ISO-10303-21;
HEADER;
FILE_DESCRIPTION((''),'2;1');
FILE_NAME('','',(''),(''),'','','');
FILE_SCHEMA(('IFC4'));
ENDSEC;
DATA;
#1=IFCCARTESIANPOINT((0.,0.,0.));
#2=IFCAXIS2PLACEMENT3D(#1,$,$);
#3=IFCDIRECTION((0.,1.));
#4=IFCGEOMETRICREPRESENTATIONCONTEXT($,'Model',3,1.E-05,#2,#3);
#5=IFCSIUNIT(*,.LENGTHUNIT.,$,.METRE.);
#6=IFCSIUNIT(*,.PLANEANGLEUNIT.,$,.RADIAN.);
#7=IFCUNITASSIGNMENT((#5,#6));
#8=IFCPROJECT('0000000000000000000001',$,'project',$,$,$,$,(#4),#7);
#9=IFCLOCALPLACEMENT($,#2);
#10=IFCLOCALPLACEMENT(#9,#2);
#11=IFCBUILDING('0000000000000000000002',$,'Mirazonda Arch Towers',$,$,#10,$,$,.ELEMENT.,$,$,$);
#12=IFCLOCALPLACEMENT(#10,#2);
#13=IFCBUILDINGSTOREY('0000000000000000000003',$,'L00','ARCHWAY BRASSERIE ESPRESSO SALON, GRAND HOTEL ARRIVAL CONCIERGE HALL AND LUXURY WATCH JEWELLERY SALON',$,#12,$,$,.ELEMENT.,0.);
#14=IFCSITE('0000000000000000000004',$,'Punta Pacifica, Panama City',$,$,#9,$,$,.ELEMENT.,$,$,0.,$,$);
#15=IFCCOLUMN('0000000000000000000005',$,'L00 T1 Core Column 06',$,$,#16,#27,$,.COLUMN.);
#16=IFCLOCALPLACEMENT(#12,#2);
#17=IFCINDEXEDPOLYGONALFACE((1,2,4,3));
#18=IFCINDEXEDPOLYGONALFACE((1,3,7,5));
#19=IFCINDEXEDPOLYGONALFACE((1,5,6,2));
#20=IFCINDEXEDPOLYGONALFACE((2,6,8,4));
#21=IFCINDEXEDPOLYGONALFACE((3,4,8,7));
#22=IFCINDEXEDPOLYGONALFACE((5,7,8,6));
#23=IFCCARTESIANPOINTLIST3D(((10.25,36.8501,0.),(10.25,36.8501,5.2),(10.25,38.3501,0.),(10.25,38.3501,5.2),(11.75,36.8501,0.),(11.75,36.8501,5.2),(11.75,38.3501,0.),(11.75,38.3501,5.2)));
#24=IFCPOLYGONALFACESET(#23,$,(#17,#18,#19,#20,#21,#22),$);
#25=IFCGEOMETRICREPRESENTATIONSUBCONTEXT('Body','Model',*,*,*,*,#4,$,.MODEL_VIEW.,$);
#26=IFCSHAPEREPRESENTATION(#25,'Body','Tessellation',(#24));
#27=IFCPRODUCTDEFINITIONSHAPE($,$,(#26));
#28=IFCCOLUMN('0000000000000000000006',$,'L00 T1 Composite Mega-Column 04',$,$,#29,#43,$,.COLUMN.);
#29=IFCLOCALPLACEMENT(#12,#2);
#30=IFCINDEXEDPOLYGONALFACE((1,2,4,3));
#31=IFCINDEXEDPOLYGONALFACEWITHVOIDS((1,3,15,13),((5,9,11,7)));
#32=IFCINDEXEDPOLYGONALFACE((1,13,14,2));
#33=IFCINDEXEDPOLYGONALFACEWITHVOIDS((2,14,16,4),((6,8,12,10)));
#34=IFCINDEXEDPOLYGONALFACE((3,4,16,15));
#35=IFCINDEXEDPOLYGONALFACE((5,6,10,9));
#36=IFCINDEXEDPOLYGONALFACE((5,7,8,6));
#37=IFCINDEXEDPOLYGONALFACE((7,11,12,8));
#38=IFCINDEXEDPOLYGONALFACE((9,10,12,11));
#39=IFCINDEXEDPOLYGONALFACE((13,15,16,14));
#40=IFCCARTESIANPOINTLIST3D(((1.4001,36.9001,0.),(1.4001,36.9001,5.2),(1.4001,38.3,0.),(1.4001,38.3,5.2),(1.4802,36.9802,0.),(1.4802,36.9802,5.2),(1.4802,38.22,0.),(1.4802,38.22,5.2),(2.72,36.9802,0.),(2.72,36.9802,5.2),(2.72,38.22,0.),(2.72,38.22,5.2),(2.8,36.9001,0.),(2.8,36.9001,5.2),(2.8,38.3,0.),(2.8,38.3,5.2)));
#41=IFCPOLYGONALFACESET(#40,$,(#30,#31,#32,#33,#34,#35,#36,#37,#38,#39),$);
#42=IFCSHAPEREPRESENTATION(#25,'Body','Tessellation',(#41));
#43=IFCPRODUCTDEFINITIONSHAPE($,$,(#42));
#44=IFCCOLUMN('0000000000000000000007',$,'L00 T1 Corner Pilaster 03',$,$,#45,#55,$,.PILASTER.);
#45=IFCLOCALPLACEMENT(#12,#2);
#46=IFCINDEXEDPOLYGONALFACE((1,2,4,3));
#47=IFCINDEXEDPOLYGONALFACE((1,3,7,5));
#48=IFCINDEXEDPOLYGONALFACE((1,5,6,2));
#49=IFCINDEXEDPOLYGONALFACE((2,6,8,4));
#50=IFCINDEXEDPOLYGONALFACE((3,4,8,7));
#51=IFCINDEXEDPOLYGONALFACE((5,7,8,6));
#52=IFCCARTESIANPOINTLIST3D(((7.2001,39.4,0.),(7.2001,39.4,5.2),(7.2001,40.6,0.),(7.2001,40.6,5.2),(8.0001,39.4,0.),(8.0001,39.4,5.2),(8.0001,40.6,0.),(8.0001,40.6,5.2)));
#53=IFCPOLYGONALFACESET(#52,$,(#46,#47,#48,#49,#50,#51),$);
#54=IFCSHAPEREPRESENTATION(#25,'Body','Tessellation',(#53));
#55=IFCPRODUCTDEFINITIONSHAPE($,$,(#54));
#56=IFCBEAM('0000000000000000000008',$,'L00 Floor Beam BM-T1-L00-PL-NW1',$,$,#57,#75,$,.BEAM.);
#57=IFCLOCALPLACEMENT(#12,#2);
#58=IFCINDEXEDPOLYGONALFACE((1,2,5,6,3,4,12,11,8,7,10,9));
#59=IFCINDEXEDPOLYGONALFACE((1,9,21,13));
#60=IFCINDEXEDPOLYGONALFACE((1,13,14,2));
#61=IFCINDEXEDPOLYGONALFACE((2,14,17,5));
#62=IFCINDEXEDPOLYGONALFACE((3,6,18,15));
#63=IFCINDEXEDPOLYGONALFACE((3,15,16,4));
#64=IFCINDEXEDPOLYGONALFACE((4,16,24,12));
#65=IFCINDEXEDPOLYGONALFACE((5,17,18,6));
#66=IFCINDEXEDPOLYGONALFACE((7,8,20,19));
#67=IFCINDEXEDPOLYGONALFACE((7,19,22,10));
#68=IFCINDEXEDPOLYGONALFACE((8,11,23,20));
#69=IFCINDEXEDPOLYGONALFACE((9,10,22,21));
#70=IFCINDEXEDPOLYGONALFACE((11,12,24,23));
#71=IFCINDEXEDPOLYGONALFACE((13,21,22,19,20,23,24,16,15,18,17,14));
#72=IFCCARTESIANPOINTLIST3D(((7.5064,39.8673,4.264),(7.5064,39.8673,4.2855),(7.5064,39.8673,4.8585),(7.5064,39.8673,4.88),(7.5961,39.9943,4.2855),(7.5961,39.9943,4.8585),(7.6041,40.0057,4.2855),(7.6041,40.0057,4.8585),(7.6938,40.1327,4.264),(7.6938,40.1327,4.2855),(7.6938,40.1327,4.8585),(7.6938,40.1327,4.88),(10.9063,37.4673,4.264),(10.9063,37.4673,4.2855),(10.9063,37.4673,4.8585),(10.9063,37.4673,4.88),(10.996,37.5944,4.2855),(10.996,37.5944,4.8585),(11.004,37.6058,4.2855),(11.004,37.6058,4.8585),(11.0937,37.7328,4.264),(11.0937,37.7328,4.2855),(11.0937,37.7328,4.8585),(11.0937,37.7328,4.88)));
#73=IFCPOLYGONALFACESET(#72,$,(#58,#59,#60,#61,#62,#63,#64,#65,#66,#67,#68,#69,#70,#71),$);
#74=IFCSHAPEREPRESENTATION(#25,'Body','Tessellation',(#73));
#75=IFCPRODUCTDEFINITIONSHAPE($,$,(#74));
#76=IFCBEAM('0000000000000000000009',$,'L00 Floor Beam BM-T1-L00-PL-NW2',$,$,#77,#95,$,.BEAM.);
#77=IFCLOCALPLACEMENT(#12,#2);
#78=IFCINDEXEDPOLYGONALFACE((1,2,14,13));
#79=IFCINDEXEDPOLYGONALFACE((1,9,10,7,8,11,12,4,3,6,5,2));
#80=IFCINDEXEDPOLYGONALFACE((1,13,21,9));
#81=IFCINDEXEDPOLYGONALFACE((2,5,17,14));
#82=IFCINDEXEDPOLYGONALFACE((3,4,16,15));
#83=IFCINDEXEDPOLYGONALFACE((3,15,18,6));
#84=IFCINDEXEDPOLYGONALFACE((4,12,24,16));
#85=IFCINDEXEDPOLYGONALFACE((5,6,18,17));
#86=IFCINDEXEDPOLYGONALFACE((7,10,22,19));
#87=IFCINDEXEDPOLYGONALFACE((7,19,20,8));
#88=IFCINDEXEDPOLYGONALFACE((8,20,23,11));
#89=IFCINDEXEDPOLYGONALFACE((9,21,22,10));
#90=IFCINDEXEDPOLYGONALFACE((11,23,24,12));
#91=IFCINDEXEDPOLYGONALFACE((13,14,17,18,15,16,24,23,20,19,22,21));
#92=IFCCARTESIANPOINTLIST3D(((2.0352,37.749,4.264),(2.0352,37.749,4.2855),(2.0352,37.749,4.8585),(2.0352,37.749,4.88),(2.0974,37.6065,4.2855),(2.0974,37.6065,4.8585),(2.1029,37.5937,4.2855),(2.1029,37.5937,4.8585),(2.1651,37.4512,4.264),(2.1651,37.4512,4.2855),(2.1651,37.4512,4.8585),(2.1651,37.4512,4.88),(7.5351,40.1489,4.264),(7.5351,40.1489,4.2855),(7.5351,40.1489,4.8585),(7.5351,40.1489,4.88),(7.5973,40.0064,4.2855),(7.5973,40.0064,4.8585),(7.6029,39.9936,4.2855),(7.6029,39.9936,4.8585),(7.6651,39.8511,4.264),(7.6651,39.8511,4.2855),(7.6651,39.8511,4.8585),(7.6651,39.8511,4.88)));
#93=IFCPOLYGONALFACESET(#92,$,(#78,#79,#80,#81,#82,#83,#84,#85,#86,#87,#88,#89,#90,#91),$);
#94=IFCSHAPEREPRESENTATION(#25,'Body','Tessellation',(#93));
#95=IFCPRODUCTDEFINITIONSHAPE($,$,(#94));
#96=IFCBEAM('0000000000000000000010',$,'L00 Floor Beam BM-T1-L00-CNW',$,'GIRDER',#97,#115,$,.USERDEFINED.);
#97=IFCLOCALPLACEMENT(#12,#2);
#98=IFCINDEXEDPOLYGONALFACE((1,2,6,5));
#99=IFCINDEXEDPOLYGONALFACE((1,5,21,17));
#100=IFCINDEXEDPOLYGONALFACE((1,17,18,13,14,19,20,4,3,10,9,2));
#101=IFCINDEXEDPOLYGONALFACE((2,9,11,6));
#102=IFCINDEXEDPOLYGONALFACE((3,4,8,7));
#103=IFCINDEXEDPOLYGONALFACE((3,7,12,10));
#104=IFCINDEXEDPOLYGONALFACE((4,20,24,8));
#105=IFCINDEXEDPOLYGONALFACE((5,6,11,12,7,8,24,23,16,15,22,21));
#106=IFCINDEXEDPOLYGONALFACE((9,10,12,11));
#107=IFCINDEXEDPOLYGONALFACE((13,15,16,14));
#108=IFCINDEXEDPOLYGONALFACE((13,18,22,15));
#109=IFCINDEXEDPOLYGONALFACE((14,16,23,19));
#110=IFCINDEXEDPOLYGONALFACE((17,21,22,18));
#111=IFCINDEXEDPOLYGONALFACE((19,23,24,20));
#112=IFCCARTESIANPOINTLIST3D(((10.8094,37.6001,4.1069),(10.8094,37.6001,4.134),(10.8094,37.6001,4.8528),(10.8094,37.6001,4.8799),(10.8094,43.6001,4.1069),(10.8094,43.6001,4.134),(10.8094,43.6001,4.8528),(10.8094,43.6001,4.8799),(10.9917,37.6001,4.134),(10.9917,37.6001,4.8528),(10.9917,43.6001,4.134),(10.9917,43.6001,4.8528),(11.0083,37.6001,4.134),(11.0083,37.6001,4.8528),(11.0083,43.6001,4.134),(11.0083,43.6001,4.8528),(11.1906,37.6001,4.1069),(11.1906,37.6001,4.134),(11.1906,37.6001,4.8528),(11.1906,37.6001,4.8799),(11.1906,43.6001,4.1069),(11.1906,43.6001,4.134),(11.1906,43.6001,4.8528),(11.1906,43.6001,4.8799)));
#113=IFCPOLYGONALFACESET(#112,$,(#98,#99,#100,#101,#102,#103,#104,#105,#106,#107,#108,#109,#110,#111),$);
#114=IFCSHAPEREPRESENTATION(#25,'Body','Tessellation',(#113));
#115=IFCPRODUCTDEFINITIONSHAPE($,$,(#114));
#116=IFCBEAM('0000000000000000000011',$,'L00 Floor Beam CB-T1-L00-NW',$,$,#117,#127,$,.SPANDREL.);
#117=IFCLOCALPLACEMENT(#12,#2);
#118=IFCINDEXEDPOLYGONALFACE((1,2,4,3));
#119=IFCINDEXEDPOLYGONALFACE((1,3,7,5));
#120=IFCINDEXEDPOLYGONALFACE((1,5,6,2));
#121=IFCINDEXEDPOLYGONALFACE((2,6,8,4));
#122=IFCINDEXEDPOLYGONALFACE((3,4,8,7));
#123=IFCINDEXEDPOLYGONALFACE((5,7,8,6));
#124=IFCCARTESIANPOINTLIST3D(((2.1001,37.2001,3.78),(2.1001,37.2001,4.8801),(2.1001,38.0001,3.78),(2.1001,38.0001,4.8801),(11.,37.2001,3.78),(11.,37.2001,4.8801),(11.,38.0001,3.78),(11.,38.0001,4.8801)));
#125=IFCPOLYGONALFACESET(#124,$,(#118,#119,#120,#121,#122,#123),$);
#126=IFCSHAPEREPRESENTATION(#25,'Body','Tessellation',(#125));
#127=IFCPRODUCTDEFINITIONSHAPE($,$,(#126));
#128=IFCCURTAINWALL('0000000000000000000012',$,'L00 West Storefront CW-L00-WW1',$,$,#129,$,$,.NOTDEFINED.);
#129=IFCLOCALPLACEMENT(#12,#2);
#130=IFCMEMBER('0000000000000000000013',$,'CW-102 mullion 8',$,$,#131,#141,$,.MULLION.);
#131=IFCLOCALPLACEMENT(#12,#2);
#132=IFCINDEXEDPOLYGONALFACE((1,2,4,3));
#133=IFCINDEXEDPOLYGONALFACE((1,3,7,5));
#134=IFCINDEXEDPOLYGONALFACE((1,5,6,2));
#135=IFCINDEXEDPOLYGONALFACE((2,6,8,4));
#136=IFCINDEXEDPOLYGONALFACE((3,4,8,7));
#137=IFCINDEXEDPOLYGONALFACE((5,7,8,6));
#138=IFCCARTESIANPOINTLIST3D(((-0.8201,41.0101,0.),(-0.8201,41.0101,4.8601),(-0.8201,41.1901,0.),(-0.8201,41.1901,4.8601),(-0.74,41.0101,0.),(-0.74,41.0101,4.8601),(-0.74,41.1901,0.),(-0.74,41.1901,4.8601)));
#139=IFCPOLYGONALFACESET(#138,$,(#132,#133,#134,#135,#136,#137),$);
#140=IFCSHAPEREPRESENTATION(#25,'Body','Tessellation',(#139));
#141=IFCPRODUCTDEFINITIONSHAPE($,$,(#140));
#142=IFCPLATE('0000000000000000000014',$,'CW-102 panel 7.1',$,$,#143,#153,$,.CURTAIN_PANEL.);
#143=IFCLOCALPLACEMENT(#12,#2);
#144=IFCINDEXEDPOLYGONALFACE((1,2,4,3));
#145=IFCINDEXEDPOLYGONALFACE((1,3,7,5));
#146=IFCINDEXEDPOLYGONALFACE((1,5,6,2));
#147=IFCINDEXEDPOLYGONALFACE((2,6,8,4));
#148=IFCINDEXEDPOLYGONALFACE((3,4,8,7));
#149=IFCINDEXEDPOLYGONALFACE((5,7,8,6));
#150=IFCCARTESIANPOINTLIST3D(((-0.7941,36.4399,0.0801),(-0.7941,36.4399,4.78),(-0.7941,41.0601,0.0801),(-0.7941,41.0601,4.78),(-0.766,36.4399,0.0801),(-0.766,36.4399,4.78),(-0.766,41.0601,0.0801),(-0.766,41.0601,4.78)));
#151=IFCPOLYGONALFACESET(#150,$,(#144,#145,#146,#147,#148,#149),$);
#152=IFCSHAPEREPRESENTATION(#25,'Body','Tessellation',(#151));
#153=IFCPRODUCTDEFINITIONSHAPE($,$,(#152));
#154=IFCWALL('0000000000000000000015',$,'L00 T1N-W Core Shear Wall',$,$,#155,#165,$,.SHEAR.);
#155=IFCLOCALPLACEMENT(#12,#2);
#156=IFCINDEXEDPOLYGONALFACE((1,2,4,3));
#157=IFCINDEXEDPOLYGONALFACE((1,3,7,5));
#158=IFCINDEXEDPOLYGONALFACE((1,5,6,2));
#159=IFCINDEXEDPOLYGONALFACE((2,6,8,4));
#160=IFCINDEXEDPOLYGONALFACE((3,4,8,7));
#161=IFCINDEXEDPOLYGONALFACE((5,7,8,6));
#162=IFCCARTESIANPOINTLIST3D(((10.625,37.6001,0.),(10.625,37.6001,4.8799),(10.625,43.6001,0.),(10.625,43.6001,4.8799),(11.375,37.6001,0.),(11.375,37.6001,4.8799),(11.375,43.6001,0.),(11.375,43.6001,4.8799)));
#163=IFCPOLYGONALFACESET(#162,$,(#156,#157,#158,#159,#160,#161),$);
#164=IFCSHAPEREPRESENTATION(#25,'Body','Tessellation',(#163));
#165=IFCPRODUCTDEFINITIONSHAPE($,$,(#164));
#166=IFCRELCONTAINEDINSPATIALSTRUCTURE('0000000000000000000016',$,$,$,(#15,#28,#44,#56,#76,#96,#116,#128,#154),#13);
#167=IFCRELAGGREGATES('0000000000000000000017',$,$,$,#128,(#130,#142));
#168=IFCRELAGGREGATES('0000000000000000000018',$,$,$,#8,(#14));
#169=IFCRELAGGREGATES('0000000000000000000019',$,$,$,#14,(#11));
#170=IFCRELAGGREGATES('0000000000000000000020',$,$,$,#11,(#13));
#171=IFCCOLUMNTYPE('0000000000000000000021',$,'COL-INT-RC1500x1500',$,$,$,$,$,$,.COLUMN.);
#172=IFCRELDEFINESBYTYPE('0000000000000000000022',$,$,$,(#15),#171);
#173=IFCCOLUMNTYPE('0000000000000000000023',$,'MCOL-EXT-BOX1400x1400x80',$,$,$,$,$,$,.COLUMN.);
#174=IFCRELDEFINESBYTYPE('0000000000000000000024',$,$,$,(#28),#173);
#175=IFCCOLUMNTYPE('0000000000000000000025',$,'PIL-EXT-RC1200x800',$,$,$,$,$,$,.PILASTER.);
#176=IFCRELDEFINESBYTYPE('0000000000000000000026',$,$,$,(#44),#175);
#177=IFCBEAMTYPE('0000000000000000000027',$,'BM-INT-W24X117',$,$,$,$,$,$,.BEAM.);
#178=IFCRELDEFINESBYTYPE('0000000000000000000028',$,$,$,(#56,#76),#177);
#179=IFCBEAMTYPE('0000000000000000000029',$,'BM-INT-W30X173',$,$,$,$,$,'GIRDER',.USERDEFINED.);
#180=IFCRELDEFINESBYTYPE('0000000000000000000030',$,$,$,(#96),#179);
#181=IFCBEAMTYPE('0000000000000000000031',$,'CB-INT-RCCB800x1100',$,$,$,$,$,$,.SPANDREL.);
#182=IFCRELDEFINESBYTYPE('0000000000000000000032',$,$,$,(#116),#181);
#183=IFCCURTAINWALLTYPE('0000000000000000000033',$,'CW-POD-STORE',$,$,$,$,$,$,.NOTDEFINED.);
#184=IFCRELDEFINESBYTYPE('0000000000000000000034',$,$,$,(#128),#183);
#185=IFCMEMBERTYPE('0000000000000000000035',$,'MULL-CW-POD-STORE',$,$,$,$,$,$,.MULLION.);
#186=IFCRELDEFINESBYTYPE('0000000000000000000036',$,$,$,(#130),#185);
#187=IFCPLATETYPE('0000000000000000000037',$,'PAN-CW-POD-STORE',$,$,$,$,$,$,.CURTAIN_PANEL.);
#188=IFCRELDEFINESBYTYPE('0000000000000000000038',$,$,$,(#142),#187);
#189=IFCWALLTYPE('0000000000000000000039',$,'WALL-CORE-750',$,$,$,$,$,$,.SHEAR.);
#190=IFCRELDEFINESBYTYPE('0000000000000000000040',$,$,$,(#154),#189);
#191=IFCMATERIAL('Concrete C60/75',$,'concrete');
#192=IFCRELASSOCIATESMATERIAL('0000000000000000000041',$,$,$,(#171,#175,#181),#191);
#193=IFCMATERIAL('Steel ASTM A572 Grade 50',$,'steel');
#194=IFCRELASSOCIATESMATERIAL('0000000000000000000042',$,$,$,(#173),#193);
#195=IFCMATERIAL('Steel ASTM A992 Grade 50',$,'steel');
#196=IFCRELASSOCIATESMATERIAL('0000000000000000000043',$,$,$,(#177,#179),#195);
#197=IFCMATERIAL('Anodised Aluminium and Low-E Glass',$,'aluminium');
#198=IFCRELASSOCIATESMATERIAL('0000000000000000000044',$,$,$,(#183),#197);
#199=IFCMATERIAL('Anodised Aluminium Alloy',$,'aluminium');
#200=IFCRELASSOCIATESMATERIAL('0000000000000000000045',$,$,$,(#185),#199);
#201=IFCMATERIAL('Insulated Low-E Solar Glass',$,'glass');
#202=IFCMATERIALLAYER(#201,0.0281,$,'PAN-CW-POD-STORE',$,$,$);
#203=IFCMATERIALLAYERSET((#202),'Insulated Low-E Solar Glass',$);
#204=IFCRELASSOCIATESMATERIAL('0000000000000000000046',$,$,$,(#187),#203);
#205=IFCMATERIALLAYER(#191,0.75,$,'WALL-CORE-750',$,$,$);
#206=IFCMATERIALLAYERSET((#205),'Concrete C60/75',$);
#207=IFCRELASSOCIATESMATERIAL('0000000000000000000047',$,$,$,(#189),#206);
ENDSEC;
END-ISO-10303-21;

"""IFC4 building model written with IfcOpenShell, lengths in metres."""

from ifc_helpers import new_model, si_unit, direction, frame, frame_2d, origin, origin_2d, place, context, subcontext, project, spatial, rectangle, hollow_rectangle, i_section, extrude, material, layer, layer_set, material_profile, profile_set, type_object, element, aggregate, save


model = new_model("IFC4")

# Units and contexts
model_context = context("Model", 3, precision=1e-05, world=origin(), true_north=direction((0.0, 1.0)))
body_context = subcontext(model_context, "Body", "Model", "MODEL_VIEW")
ifc_project = project(units=[si_unit("LENGTHUNIT", "METRE"), si_unit("PLANEANGLEUNIT", "RADIAN")], contexts=[model_context])

# Site, building, storey
site_placement = place(None, origin())
site = spatial("IfcSite", under=ifc_project, at=site_placement, Name="Punta Pacifica, Panama City", CompositionType="ELEMENT", RefElevation=0.0)
building_placement = place(site_placement, origin())
building = spatial("IfcBuilding", under=site, at=building_placement, Name="Mirazonda Arch Towers", CompositionType="ELEMENT")
storey_placement = place(building_placement, origin())
storey = spatial("IfcBuildingStorey", under=building, at=storey_placement, Name="L00", Description="ARCHWAY BRASSERIE ESPRESSO SALON, GRAND HOTEL ARRIVAL CONCIERGE HALL AND LUXURY WATCH JEWELLERY SALON", CompositionType="ELEMENT", Elevation=0.0)

# Columns
ifc_material_1 = material(Name="Concrete C60/75", Category="concrete")
ifc_material_profile_1 = material_profile(ifc_material_1, rectangle(XDim=1.5, YDim=1.5, at=origin_2d()), Name="RC1500x1500")
ifc_profile_set_1 = profile_set([ifc_material_profile_1], Name="Concrete C60/75")
column_type_1 = type_object("IfcColumnType", Name="COL-INT-RC1500x1500", PredefinedType="COLUMN", material=ifc_profile_set_1)
column_1_placement = place(storey_placement, frame((11.0, 37.6001, 0.0), z_axis=(0.0, 0.0, 1.0), x_axis=(1.0, 0.0, 0.0)))
element("IfcColumn", 1, at=column_1_placement, inside=storey, type_object=column_type_1, Name="L00 T1 Core Column 06", PredefinedType="COLUMN", context=body_context, shape_type="SweptSolid", body=[
    extrude(rectangle(XDim=1.5, YDim=1.5, at=origin_2d()), origin(), (0.0, 0.0, 1.0), 5.2),
])
ifc_material_2 = material(Name="Steel ASTM A572 Grade 50", Category="steel")
ifc_material_profile_2 = material_profile(ifc_material_2, hollow_rectangle(XDim=1.3999, YDim=1.3999, WallThickness=0.0801, at=origin_2d()), Name="BOX1400x1400x80")
ifc_profile_set_2 = profile_set([ifc_material_profile_2], Name="Steel ASTM A572 Grade 50")
column_type_2 = type_object("IfcColumnType", Name="MCOL-EXT-BOX1400x1400x80", PredefinedType="COLUMN", material=ifc_profile_set_2)
column_2_placement = place(storey_placement, frame((2.1001, 37.6001, 0.0), z_axis=(0.0, 0.0, 1.0), x_axis=(1.0, 0.0, 0.0)))
element("IfcColumn", 2, at=column_2_placement, inside=storey, type_object=column_type_2, Name="L00 T1 Composite Mega-Column 04", PredefinedType="COLUMN", context=body_context, shape_type="SweptSolid", body=[
    extrude(hollow_rectangle(XDim=1.3999, YDim=1.3999, WallThickness=0.0801, at=origin_2d()), origin(), (0.0, 0.0, 1.0), 5.2),
])
ifc_material_profile_3 = material_profile(ifc_material_1, rectangle(XDim=0.8, YDim=1.2, at=origin_2d()), Name="RC1200x800")
ifc_profile_set_3 = profile_set([ifc_material_profile_3], Name="Concrete C60/75")
column_type_3 = type_object("IfcColumnType", Name="PIL-EXT-RC1200x800", PredefinedType="PILASTER", material=ifc_profile_set_3)
column_3_placement = place(storey_placement, frame((7.6001, 40.0, 0.0), z_axis=(0.0, 0.0, 1.0), x_axis=(1.0, 0.0, 0.0)))
element("IfcColumn", 3, at=column_3_placement, inside=storey, type_object=column_type_3, Name="L00 T1 Corner Pilaster 03", PredefinedType="PILASTER", context=body_context, shape_type="SweptSolid", body=[
    extrude(rectangle(XDim=0.8, YDim=1.2, at=origin_2d()), origin(), (0.0, 0.0, 1.0), 5.2),
])

# Beams
ifc_material_3 = material(Name="Steel ASTM A992 Grade 50", Category="steel")
ifc_material_profile_4 = material_profile(ifc_material_3, i_section(OverallWidth=0.325, OverallDepth=0.616, WebThickness=0.0139, FlangeThickness=0.0215, at=origin_2d()), Name="W24X117")
ifc_profile_set_4 = profile_set([ifc_material_profile_4], Name="Steel ASTM A992 Grade 50")
beam_type_1 = type_object("IfcBeamType", Name="BM-INT-W24X117", PredefinedType="BEAM", material=ifc_profile_set_4)
beam_1_placement = place(storey_placement, frame((7.6001, 40.0, 4.572), z_axis=(0.816971, -0.576679, 0.0), x_axis=(0.576679, 0.816971, 0.0)))
element("IfcBeam", 4, at=beam_1_placement, inside=storey, type_object=beam_type_1, Name="L00 Floor Beam BM-T1-L00-PL-NW1", PredefinedType="BEAM", context=body_context, shape_type="SweptSolid", body=[
    extrude(i_section(OverallWidth=0.325, OverallDepth=0.616, WebThickness=0.0139, FlangeThickness=0.0215, at=origin_2d()), origin(), (0.0, 0.0, 1.0), 4.1616),
])
beam_2_placement = place(storey_placement, frame((7.6001, 40.0, 4.572), z_axis=(-0.916545, -0.399931, 0.0), x_axis=(0.399931, -0.916545, 0.0)))
element("IfcBeam", 5, at=beam_2_placement, inside=storey, type_object=beam_type_1, Name="L00 Floor Beam BM-T1-L00-PL-NW2", PredefinedType="BEAM", context=body_context, shape_type="SweptSolid", body=[
    extrude(i_section(OverallWidth=0.325, OverallDepth=0.616, WebThickness=0.0139, FlangeThickness=0.0215, at=origin_2d()), origin(), (0.0, 0.0, 1.0), 6.0007),
])
ifc_material_profile_5 = material_profile(ifc_material_3, i_section(OverallWidth=0.3811, OverallDepth=0.7729, WebThickness=0.0166, FlangeThickness=0.0271, at=origin_2d()), Name="W30X173")
ifc_profile_set_5 = profile_set([ifc_material_profile_5], Name="Steel ASTM A992 Grade 50")
beam_type_2 = type_object("IfcBeamType", Name="BM-INT-W30X173", ElementType="GIRDER", PredefinedType="USERDEFINED", material=ifc_profile_set_5)
beam_3_placement = place(storey_placement, frame((11.0, 37.6001, 4.4934), z_axis=(0.0, 1.0, 0.0), x_axis=(-1.0, 0.0, 0.0)))
element("IfcBeam", 6, at=beam_3_placement, inside=storey, type_object=beam_type_2, Name="L00 Floor Beam BM-T1-L00-CNW", ObjectType="GIRDER", PredefinedType="USERDEFINED", context=body_context, shape_type="SweptSolid", body=[
    extrude(i_section(OverallWidth=0.3811, OverallDepth=0.7729, WebThickness=0.0166, FlangeThickness=0.0271, at=origin_2d()), origin(), (0.0, 0.0, 1.0), 6.0),
])
ifc_material_profile_6 = material_profile(ifc_material_1, rectangle(XDim=0.8, YDim=1.1001, at=origin_2d()), Name="RCCB800x1100")
ifc_profile_set_6 = profile_set([ifc_material_profile_6], Name="Concrete C60/75")
beam_type_3 = type_object("IfcBeamType", Name="CB-INT-RCCB800x1100", PredefinedType="SPANDREL", material=ifc_profile_set_6)
beam_4_placement = place(storey_placement, frame((2.1001, 37.6001, 4.3301), z_axis=(1.0, 0.0, 0.0), x_axis=(0.0, 1.0, 0.0)))
element("IfcBeam", 7, at=beam_4_placement, inside=storey, type_object=beam_type_3, Name="L00 Floor Beam CB-T1-L00-NW", PredefinedType="SPANDREL", context=body_context, shape_type="SweptSolid", body=[
    extrude(rectangle(XDim=0.8, YDim=1.1001, at=origin_2d()), origin(), (0.0, 0.0, 1.0), 8.8999),
])

# Curtain wall, member, plate
ifc_material_4 = material(Name="Anodised Aluminium and Low-E Glass", Category="aluminium")
curtain_wall_type = type_object("IfcCurtainWallType", Name="CW-POD-STORE", PredefinedType="NOTDEFINED", material=ifc_material_4)
curtain_wall_placement = place(storey_placement, origin())
curtain_wall = element("IfcCurtainWall", 8, at=curtain_wall_placement, inside=storey, type_object=curtain_wall_type, Name="L00 West Storefront CW-L00-WW1", PredefinedType="NOTDEFINED")
ifc_material_5 = material(Name="Anodised Aluminium Alloy", Category="aluminium")
ifc_material_profile_7 = material_profile(ifc_material_5, rectangle(XDim=0.0801, YDim=0.1799, at=origin_2d()), Name="ALU-MULL-80x180")
ifc_profile_set_7 = profile_set([ifc_material_profile_7], Name="Anodised Aluminium Alloy")
member_type = type_object("IfcMemberType", Name="MULL-CW-POD-STORE", PredefinedType="MULLION", material=ifc_profile_set_7)
member_placement = place(storey_placement, frame((-0.78, 41.1001, 0.0), z_axis=(0.0, 0.0, 1.0), x_axis=(-1.0, 0.0, 0.0)))
member = element("IfcMember", 9, at=member_placement, type_object=member_type, Name="CW-102 mullion 8", PredefinedType="MULLION", context=body_context, shape_type="SweptSolid", body=[
    extrude(rectangle(XDim=0.0801, YDim=0.1799, at=origin_2d()), origin(), (0.0, 0.0, 1.0), 4.8601),
])
ifc_material_6 = material(Name="Insulated Low-E Solar Glass", Category="glass")
ifc_layer_1 = layer(ifc_material_6, 0.0281, Name="PAN-CW-POD-STORE")
ifc_layer_set_1 = layer_set([ifc_layer_1], Name="Insulated Low-E Solar Glass")
plate_type = type_object("IfcPlateType", Name="PAN-CW-POD-STORE", PredefinedType="CURTAIN_PANEL", material=ifc_layer_set_1)
plate_placement = place(storey_placement, frame((-0.78, 38.75, 0.0801), z_axis=(0.0, 0.0, 1.0), x_axis=(0.0, 1.0, 0.0)))
plate = element("IfcPlate", 10, at=plate_placement, type_object=plate_type, Name="CW-102 panel 7.1", PredefinedType="CURTAIN_PANEL", context=body_context, shape_type="SweptSolid", body=[
    extrude(rectangle(XDim=4.6201, YDim=0.0281, at=origin_2d()), origin(), (0.0, 0.0, 1.0), 4.7),
])
aggregate(curtain_wall, [member, plate])

# Wall
ifc_layer_2 = layer(ifc_material_1, 0.75, Name="WALL-CORE-750")
ifc_layer_set_2 = layer_set([ifc_layer_2], Name="Concrete C60/75")
wall_type_1 = type_object("IfcWallType", Name="WALL-CORE-750", PredefinedType="SHEAR", material=ifc_layer_set_2)
wall_1_placement = place(storey_placement, frame((11.0, 37.6001, 0.0), z_axis=(0.0, 0.0, 1.0), x_axis=(0.0, 1.0, 0.0)))
element("IfcWall", 11, at=wall_1_placement, inside=storey, type_object=wall_type_1, Name="L00 T1N-W Core Shear Wall", PredefinedType="SHEAR", context=body_context, shape_type="SweptSolid", body=[
    extrude(rectangle(XDim=6.0, YDim=0.75, at=frame_2d((3.0, 0.0))), origin(), (0.0, 0.0, 1.0), 4.8799),
])

save(model, "model.ifc")
